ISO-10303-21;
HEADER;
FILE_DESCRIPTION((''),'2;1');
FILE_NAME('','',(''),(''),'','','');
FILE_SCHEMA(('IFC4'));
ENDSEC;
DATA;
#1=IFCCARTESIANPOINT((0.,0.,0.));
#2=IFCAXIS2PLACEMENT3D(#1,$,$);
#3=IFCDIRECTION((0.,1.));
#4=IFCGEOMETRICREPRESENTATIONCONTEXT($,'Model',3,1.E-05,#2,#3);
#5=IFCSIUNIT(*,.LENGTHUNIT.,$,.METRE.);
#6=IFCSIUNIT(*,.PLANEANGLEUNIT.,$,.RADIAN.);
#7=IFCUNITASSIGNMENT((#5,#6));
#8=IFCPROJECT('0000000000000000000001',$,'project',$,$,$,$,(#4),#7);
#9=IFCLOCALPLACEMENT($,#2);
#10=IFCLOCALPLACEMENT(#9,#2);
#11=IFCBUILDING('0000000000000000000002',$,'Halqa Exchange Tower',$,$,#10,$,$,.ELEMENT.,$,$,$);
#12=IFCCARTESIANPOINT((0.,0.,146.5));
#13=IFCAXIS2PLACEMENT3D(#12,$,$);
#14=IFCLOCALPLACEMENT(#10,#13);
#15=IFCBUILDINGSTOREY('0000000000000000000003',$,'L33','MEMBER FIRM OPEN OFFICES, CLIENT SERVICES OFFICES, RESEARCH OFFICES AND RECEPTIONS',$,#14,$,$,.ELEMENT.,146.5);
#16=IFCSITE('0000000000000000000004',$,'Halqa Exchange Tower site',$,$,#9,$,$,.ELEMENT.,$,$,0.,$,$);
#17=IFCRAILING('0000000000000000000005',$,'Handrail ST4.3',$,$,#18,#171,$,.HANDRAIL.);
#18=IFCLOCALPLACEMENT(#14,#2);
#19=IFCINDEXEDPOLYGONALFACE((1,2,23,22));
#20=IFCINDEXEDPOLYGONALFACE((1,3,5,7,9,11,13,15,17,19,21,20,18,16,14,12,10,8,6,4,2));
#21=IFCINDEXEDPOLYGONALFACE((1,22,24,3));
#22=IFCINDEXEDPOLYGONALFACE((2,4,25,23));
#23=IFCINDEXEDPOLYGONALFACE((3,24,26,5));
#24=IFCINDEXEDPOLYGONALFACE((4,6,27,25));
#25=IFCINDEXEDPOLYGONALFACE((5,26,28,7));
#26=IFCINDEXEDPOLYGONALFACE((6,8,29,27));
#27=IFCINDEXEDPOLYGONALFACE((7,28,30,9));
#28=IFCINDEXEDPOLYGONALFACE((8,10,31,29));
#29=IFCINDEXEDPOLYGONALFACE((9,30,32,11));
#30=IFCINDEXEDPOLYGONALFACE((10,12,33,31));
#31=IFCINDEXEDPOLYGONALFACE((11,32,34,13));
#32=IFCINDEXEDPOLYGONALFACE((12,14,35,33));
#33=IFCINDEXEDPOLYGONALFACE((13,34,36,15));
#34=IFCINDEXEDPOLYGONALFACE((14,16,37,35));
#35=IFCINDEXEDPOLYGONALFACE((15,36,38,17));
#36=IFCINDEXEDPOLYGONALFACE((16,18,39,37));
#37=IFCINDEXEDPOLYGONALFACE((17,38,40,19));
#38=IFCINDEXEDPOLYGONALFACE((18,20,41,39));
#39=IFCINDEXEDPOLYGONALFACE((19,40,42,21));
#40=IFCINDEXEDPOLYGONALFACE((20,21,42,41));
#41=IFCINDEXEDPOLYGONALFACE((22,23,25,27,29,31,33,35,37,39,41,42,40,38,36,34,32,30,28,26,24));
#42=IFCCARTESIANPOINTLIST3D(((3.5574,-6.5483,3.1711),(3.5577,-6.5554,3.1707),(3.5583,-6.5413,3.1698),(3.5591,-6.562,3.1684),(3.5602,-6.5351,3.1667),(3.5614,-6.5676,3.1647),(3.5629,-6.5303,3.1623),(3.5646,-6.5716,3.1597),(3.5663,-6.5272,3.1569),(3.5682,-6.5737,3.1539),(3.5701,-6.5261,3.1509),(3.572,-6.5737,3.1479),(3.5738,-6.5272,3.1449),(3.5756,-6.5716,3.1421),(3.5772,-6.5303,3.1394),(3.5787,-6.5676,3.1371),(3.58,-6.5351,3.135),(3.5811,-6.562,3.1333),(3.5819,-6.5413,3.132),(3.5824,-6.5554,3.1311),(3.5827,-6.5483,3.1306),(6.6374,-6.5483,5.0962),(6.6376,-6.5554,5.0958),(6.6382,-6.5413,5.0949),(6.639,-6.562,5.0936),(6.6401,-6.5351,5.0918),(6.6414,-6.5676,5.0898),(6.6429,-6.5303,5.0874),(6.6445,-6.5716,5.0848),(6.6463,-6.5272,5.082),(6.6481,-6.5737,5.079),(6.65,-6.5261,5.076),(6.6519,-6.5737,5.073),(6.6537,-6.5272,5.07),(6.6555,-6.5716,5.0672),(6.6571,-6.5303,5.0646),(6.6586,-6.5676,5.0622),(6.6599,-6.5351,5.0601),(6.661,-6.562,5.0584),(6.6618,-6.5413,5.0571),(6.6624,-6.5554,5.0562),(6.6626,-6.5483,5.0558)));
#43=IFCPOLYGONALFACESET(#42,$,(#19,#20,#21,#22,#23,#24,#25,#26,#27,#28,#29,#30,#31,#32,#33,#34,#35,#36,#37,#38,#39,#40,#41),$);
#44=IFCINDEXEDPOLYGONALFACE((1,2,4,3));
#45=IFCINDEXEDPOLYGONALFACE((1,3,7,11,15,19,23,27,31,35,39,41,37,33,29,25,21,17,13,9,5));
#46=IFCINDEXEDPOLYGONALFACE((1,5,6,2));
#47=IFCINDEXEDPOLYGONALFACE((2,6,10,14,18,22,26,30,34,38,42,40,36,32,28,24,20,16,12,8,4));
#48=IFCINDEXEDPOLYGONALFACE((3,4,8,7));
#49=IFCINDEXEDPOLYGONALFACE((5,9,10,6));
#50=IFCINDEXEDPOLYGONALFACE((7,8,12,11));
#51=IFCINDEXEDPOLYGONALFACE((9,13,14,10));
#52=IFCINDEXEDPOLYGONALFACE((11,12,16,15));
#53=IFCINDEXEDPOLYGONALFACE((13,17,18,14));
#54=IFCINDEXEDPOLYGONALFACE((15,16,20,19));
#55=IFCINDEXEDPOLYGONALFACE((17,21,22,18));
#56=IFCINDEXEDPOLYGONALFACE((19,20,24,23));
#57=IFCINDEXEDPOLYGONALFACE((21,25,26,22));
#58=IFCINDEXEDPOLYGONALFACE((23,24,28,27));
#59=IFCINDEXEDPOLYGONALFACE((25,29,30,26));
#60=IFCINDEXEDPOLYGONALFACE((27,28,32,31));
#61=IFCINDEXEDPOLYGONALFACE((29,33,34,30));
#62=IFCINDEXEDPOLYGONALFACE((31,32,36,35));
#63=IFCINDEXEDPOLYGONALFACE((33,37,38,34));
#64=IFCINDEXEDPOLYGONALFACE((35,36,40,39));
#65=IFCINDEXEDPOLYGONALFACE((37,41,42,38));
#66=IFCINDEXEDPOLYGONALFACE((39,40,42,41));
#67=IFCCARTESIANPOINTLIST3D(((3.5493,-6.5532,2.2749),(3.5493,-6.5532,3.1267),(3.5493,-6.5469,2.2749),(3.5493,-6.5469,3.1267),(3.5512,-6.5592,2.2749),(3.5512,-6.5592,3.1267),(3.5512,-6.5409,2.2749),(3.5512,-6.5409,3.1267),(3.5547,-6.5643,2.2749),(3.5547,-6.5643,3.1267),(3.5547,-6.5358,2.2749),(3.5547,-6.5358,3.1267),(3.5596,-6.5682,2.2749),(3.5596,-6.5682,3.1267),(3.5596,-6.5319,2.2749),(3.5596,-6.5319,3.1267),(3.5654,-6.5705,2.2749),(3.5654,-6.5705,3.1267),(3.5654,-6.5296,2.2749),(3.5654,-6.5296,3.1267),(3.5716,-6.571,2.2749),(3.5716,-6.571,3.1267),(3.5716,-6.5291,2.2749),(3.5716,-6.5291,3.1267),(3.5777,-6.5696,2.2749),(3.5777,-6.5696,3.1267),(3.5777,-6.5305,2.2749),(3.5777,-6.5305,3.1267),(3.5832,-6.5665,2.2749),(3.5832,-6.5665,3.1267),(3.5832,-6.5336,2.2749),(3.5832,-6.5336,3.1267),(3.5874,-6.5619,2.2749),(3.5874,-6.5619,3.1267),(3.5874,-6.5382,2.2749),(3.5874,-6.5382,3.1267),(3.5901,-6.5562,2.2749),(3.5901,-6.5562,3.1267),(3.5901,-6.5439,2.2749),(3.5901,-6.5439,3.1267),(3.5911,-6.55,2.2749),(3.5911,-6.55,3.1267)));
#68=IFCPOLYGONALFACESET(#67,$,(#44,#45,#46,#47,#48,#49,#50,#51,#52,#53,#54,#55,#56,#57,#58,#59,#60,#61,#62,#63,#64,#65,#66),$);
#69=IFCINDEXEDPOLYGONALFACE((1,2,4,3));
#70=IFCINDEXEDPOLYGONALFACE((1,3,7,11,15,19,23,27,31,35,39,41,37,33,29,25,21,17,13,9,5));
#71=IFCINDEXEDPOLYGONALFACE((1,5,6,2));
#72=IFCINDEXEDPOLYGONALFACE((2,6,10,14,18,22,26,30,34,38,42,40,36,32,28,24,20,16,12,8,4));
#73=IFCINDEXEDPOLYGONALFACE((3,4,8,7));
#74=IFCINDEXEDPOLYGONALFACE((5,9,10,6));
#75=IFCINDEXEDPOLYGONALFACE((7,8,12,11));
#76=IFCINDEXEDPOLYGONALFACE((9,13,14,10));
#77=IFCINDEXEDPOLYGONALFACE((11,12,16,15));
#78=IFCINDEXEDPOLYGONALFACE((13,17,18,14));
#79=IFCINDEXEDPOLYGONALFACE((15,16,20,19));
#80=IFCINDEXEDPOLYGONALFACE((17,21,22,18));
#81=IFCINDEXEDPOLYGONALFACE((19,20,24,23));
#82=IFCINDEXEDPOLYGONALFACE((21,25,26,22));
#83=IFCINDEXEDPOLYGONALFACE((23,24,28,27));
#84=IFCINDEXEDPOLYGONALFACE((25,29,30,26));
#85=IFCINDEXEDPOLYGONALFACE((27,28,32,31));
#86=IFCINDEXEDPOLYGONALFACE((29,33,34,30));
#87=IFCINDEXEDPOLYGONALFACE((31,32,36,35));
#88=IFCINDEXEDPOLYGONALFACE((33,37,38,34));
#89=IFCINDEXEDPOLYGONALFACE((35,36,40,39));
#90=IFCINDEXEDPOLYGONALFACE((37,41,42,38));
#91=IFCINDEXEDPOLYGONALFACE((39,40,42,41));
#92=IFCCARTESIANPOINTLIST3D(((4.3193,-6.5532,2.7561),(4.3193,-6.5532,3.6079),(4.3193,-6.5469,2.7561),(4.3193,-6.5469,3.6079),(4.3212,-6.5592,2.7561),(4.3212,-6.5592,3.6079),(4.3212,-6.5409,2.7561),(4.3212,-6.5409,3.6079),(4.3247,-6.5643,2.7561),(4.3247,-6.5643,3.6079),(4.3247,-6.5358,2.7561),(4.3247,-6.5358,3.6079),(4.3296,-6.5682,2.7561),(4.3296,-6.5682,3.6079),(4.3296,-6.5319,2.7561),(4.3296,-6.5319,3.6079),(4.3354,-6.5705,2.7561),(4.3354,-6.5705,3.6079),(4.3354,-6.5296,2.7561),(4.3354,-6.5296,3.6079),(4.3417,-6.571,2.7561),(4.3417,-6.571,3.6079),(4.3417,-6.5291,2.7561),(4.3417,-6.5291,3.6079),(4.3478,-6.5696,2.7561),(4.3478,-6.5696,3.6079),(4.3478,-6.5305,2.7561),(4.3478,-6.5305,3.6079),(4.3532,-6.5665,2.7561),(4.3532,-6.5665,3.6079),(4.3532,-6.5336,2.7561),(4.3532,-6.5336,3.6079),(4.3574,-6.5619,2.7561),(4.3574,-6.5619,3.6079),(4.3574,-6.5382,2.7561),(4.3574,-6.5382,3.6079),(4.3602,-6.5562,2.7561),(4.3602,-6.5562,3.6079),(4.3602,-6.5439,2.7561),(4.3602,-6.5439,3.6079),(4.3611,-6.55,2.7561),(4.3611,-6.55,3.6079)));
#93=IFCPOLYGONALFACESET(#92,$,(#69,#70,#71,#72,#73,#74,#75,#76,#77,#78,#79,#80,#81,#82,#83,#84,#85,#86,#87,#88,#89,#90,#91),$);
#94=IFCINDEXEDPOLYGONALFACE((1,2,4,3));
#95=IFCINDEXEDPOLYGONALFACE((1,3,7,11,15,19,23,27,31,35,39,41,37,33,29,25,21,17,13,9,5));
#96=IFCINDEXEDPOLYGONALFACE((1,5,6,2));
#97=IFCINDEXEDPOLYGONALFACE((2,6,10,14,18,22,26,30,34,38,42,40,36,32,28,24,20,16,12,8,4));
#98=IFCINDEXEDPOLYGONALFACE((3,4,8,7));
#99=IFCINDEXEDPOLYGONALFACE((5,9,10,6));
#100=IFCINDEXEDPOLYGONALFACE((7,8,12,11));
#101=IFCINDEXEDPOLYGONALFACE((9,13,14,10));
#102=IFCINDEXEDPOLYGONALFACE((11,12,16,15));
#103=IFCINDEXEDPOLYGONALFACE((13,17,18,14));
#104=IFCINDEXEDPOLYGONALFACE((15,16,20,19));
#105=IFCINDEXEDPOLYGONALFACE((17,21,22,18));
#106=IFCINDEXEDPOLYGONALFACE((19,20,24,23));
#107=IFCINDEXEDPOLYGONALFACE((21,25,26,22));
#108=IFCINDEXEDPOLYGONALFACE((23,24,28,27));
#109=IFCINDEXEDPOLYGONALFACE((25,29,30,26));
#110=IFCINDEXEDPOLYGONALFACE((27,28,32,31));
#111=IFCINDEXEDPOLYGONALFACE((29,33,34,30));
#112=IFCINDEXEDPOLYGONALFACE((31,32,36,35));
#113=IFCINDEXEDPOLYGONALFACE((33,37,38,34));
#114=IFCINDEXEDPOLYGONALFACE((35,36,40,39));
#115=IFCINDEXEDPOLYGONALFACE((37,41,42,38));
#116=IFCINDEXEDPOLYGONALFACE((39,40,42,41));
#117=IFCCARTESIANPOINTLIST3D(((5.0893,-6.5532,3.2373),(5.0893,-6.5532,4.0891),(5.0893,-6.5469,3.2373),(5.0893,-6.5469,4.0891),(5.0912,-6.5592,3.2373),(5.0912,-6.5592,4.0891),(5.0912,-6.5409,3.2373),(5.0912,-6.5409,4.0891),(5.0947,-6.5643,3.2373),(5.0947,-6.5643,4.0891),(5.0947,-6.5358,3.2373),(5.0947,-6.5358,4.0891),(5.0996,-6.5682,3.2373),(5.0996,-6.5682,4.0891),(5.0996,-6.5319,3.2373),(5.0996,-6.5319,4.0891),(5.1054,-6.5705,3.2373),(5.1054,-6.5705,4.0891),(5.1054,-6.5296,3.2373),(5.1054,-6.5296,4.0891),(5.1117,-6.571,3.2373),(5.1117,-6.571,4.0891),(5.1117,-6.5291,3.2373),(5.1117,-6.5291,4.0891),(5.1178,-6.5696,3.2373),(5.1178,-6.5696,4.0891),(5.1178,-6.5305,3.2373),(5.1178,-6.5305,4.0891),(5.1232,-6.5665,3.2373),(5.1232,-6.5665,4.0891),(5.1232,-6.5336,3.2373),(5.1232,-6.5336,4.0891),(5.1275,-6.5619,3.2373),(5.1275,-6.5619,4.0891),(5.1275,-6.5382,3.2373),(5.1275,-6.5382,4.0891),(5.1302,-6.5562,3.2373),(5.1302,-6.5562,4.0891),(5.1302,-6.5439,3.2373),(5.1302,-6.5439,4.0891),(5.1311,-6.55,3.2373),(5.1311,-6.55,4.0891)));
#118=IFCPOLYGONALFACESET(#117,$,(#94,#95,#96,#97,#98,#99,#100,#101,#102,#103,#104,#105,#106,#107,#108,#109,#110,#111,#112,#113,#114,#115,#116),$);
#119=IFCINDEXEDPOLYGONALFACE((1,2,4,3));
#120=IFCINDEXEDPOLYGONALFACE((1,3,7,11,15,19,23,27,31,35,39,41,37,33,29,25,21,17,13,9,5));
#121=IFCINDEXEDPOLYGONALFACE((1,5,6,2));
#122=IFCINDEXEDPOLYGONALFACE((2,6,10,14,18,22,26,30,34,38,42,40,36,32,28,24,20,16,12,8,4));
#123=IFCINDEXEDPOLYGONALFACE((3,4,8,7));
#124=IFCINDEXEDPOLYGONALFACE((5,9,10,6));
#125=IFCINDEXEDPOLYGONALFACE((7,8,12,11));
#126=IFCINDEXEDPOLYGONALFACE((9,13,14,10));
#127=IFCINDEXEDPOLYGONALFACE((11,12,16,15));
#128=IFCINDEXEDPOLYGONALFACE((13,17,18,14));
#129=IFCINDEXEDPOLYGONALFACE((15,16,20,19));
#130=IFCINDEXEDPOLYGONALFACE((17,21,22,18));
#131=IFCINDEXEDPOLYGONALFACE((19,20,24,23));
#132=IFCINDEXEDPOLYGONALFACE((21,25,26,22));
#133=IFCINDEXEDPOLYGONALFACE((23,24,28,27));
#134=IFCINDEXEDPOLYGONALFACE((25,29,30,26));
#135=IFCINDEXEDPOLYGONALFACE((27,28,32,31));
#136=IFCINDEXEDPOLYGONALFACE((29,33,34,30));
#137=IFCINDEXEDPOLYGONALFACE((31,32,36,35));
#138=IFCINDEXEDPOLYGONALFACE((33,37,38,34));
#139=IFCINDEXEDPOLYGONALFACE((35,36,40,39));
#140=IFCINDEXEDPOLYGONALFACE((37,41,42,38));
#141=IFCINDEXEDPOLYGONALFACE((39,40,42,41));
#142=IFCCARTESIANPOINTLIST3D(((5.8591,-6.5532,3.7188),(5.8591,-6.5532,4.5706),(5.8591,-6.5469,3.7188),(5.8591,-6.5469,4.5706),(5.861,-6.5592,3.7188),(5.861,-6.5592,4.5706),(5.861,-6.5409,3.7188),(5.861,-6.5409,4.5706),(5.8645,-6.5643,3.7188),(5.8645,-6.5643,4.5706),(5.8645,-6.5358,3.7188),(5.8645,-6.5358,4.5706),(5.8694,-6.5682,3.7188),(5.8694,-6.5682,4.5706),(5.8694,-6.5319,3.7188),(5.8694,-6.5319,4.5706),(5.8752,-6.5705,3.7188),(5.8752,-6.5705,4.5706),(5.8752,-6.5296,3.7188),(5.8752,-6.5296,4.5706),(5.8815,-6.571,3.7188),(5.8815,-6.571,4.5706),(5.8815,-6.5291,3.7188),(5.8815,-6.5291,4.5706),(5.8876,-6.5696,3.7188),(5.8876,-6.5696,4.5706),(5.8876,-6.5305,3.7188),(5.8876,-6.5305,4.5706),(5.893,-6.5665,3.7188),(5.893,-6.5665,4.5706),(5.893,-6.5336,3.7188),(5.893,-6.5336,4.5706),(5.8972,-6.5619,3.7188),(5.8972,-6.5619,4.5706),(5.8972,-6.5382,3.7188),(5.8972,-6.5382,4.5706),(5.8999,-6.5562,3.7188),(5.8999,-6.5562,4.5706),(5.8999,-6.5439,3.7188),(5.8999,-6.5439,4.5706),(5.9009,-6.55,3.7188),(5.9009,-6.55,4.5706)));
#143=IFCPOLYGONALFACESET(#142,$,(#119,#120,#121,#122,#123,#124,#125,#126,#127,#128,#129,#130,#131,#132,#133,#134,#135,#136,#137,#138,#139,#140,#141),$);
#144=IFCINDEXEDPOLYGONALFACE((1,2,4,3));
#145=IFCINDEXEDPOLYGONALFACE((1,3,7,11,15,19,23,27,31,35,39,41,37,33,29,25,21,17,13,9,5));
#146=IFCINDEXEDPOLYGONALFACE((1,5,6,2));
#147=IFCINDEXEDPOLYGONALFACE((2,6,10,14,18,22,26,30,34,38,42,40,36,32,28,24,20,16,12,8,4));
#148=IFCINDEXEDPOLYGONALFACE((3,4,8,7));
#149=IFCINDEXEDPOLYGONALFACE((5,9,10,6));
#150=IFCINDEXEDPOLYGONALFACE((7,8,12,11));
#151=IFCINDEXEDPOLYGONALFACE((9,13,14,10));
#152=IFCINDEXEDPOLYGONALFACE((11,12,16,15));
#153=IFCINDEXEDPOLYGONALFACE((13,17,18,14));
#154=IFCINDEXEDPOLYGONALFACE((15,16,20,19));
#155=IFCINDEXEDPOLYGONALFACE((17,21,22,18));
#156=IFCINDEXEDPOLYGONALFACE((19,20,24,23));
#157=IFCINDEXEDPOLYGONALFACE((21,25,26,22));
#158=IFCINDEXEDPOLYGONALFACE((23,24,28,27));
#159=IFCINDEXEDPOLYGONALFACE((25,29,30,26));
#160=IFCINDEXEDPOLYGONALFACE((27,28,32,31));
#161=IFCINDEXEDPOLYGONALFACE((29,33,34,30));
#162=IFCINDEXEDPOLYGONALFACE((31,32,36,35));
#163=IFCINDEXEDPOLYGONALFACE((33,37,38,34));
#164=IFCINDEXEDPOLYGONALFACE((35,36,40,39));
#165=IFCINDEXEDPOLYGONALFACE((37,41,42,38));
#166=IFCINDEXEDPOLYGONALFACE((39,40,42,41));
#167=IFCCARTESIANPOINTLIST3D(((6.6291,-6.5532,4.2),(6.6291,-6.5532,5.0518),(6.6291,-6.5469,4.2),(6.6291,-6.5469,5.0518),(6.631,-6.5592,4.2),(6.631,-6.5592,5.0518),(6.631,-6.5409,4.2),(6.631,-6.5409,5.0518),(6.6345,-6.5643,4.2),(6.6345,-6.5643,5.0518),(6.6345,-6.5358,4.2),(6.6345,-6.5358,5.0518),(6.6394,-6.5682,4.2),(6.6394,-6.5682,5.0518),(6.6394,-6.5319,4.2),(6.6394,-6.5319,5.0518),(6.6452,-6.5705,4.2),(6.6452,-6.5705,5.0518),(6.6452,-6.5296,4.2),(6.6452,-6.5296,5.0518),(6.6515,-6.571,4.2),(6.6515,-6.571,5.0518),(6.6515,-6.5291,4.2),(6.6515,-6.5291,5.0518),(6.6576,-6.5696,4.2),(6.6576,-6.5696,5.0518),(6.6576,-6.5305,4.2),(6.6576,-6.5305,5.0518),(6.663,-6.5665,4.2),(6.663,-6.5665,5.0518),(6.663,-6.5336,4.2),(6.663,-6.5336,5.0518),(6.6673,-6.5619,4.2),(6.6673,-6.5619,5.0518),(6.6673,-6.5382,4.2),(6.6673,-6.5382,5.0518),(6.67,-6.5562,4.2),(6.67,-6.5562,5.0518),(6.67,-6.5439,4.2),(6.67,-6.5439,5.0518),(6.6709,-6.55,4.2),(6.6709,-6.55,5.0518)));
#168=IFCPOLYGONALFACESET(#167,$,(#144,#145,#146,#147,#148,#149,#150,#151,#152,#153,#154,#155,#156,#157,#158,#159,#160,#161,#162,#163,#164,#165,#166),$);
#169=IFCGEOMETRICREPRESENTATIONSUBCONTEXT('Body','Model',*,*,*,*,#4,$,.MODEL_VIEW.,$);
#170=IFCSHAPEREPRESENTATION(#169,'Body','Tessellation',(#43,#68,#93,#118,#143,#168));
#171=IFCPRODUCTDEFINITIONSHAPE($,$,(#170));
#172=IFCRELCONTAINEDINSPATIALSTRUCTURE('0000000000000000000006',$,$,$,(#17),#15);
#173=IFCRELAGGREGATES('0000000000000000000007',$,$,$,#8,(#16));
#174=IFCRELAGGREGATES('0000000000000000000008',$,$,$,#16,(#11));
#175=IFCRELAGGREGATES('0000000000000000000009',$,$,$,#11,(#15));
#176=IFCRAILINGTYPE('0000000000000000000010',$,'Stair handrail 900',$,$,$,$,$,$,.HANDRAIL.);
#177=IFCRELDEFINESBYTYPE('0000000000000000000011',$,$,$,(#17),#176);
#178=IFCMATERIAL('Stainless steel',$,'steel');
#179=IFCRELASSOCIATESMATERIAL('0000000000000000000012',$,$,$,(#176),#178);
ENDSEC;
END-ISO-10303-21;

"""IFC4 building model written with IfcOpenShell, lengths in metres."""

from ifc_helpers import new_model, si_unit, direction, frame, origin, origin_2d, place, context, subcontext, project, spatial, circle, extrude, material, type_object, element, save


model = new_model("IFC4")

# Units and contexts
model_context = context("Model", 3, precision=1e-05, world=origin(), true_north=direction((0.0, 1.0)))
body_context = subcontext(model_context, "Body", "Model", "MODEL_VIEW")
ifc_project = project(units=[si_unit("LENGTHUNIT", "METRE"), si_unit("PLANEANGLEUNIT", "RADIAN")], contexts=[model_context])

# Site, building, storey
site_placement = place(None, origin())
site = spatial("IfcSite", under=ifc_project, at=site_placement, Name="Halqa Exchange Tower site", CompositionType="ELEMENT", RefElevation=0.0)
building_placement = place(site_placement, origin())
building = spatial("IfcBuilding", under=site, at=building_placement, Name="Halqa Exchange Tower", CompositionType="ELEMENT")
storey_placement = place(building_placement, frame((0.0, 0.0, 146.5)))
storey = spatial("IfcBuildingStorey", under=building, at=storey_placement, Name="L33", Description="MEMBER FIRM OPEN OFFICES, CLIENT SERVICES OFFICES, RESEARCH OFFICES AND RECEPTIONS", CompositionType="ELEMENT", Elevation=146.5)

# Railing
ifc_material_1 = material(Name="Stainless steel", Category="steel")
railing_type_1 = type_object("IfcRailingType", Name="Stair handrail 900", PredefinedType="HANDRAIL", material=ifc_material_1)
railing_1_placement = place(storey_placement, frame((3.5701, -6.55, 2.2749)))
element("IfcRailing", 1, at=railing_1_placement, inside=storey, type_object=railing_type_1, Name="Handrail ST4.3", PredefinedType="HANDRAIL", context=body_context, shape_type="SweptSolid", body=[
    extrude(circle(Radius=0.0239, at=origin_2d()), frame((0.0, 0.0, 0.876), z_axis=(0.847979, 0.0, 0.530029), x_axis=(0.0, 1.0, 0.0)), (0.0, 0.0, 1.0), 3.6321),
    extrude(circle(Radius=0.021, at=origin_2d()), origin(), (0.0, 0.0, 1.0), 0.8518),
    extrude(circle(Radius=0.021, at=origin_2d()), frame((0.77, 0.0, 0.4812)), (0.0, 0.0, 1.0), 0.8518),
    extrude(circle(Radius=0.021, at=origin_2d()), frame((1.54, 0.0, 0.9624)), (0.0, 0.0, 1.0), 0.8518),
    extrude(circle(Radius=0.021, at=origin_2d()), frame((2.3098, 0.0, 1.4438)), (0.0, 0.0, 1.0), 0.8518),
    extrude(circle(Radius=0.021, at=origin_2d()), frame((3.0798, 0.0, 1.925)), (0.0, 0.0, 1.0), 0.8518),
])

save(model, "model.ifc")
